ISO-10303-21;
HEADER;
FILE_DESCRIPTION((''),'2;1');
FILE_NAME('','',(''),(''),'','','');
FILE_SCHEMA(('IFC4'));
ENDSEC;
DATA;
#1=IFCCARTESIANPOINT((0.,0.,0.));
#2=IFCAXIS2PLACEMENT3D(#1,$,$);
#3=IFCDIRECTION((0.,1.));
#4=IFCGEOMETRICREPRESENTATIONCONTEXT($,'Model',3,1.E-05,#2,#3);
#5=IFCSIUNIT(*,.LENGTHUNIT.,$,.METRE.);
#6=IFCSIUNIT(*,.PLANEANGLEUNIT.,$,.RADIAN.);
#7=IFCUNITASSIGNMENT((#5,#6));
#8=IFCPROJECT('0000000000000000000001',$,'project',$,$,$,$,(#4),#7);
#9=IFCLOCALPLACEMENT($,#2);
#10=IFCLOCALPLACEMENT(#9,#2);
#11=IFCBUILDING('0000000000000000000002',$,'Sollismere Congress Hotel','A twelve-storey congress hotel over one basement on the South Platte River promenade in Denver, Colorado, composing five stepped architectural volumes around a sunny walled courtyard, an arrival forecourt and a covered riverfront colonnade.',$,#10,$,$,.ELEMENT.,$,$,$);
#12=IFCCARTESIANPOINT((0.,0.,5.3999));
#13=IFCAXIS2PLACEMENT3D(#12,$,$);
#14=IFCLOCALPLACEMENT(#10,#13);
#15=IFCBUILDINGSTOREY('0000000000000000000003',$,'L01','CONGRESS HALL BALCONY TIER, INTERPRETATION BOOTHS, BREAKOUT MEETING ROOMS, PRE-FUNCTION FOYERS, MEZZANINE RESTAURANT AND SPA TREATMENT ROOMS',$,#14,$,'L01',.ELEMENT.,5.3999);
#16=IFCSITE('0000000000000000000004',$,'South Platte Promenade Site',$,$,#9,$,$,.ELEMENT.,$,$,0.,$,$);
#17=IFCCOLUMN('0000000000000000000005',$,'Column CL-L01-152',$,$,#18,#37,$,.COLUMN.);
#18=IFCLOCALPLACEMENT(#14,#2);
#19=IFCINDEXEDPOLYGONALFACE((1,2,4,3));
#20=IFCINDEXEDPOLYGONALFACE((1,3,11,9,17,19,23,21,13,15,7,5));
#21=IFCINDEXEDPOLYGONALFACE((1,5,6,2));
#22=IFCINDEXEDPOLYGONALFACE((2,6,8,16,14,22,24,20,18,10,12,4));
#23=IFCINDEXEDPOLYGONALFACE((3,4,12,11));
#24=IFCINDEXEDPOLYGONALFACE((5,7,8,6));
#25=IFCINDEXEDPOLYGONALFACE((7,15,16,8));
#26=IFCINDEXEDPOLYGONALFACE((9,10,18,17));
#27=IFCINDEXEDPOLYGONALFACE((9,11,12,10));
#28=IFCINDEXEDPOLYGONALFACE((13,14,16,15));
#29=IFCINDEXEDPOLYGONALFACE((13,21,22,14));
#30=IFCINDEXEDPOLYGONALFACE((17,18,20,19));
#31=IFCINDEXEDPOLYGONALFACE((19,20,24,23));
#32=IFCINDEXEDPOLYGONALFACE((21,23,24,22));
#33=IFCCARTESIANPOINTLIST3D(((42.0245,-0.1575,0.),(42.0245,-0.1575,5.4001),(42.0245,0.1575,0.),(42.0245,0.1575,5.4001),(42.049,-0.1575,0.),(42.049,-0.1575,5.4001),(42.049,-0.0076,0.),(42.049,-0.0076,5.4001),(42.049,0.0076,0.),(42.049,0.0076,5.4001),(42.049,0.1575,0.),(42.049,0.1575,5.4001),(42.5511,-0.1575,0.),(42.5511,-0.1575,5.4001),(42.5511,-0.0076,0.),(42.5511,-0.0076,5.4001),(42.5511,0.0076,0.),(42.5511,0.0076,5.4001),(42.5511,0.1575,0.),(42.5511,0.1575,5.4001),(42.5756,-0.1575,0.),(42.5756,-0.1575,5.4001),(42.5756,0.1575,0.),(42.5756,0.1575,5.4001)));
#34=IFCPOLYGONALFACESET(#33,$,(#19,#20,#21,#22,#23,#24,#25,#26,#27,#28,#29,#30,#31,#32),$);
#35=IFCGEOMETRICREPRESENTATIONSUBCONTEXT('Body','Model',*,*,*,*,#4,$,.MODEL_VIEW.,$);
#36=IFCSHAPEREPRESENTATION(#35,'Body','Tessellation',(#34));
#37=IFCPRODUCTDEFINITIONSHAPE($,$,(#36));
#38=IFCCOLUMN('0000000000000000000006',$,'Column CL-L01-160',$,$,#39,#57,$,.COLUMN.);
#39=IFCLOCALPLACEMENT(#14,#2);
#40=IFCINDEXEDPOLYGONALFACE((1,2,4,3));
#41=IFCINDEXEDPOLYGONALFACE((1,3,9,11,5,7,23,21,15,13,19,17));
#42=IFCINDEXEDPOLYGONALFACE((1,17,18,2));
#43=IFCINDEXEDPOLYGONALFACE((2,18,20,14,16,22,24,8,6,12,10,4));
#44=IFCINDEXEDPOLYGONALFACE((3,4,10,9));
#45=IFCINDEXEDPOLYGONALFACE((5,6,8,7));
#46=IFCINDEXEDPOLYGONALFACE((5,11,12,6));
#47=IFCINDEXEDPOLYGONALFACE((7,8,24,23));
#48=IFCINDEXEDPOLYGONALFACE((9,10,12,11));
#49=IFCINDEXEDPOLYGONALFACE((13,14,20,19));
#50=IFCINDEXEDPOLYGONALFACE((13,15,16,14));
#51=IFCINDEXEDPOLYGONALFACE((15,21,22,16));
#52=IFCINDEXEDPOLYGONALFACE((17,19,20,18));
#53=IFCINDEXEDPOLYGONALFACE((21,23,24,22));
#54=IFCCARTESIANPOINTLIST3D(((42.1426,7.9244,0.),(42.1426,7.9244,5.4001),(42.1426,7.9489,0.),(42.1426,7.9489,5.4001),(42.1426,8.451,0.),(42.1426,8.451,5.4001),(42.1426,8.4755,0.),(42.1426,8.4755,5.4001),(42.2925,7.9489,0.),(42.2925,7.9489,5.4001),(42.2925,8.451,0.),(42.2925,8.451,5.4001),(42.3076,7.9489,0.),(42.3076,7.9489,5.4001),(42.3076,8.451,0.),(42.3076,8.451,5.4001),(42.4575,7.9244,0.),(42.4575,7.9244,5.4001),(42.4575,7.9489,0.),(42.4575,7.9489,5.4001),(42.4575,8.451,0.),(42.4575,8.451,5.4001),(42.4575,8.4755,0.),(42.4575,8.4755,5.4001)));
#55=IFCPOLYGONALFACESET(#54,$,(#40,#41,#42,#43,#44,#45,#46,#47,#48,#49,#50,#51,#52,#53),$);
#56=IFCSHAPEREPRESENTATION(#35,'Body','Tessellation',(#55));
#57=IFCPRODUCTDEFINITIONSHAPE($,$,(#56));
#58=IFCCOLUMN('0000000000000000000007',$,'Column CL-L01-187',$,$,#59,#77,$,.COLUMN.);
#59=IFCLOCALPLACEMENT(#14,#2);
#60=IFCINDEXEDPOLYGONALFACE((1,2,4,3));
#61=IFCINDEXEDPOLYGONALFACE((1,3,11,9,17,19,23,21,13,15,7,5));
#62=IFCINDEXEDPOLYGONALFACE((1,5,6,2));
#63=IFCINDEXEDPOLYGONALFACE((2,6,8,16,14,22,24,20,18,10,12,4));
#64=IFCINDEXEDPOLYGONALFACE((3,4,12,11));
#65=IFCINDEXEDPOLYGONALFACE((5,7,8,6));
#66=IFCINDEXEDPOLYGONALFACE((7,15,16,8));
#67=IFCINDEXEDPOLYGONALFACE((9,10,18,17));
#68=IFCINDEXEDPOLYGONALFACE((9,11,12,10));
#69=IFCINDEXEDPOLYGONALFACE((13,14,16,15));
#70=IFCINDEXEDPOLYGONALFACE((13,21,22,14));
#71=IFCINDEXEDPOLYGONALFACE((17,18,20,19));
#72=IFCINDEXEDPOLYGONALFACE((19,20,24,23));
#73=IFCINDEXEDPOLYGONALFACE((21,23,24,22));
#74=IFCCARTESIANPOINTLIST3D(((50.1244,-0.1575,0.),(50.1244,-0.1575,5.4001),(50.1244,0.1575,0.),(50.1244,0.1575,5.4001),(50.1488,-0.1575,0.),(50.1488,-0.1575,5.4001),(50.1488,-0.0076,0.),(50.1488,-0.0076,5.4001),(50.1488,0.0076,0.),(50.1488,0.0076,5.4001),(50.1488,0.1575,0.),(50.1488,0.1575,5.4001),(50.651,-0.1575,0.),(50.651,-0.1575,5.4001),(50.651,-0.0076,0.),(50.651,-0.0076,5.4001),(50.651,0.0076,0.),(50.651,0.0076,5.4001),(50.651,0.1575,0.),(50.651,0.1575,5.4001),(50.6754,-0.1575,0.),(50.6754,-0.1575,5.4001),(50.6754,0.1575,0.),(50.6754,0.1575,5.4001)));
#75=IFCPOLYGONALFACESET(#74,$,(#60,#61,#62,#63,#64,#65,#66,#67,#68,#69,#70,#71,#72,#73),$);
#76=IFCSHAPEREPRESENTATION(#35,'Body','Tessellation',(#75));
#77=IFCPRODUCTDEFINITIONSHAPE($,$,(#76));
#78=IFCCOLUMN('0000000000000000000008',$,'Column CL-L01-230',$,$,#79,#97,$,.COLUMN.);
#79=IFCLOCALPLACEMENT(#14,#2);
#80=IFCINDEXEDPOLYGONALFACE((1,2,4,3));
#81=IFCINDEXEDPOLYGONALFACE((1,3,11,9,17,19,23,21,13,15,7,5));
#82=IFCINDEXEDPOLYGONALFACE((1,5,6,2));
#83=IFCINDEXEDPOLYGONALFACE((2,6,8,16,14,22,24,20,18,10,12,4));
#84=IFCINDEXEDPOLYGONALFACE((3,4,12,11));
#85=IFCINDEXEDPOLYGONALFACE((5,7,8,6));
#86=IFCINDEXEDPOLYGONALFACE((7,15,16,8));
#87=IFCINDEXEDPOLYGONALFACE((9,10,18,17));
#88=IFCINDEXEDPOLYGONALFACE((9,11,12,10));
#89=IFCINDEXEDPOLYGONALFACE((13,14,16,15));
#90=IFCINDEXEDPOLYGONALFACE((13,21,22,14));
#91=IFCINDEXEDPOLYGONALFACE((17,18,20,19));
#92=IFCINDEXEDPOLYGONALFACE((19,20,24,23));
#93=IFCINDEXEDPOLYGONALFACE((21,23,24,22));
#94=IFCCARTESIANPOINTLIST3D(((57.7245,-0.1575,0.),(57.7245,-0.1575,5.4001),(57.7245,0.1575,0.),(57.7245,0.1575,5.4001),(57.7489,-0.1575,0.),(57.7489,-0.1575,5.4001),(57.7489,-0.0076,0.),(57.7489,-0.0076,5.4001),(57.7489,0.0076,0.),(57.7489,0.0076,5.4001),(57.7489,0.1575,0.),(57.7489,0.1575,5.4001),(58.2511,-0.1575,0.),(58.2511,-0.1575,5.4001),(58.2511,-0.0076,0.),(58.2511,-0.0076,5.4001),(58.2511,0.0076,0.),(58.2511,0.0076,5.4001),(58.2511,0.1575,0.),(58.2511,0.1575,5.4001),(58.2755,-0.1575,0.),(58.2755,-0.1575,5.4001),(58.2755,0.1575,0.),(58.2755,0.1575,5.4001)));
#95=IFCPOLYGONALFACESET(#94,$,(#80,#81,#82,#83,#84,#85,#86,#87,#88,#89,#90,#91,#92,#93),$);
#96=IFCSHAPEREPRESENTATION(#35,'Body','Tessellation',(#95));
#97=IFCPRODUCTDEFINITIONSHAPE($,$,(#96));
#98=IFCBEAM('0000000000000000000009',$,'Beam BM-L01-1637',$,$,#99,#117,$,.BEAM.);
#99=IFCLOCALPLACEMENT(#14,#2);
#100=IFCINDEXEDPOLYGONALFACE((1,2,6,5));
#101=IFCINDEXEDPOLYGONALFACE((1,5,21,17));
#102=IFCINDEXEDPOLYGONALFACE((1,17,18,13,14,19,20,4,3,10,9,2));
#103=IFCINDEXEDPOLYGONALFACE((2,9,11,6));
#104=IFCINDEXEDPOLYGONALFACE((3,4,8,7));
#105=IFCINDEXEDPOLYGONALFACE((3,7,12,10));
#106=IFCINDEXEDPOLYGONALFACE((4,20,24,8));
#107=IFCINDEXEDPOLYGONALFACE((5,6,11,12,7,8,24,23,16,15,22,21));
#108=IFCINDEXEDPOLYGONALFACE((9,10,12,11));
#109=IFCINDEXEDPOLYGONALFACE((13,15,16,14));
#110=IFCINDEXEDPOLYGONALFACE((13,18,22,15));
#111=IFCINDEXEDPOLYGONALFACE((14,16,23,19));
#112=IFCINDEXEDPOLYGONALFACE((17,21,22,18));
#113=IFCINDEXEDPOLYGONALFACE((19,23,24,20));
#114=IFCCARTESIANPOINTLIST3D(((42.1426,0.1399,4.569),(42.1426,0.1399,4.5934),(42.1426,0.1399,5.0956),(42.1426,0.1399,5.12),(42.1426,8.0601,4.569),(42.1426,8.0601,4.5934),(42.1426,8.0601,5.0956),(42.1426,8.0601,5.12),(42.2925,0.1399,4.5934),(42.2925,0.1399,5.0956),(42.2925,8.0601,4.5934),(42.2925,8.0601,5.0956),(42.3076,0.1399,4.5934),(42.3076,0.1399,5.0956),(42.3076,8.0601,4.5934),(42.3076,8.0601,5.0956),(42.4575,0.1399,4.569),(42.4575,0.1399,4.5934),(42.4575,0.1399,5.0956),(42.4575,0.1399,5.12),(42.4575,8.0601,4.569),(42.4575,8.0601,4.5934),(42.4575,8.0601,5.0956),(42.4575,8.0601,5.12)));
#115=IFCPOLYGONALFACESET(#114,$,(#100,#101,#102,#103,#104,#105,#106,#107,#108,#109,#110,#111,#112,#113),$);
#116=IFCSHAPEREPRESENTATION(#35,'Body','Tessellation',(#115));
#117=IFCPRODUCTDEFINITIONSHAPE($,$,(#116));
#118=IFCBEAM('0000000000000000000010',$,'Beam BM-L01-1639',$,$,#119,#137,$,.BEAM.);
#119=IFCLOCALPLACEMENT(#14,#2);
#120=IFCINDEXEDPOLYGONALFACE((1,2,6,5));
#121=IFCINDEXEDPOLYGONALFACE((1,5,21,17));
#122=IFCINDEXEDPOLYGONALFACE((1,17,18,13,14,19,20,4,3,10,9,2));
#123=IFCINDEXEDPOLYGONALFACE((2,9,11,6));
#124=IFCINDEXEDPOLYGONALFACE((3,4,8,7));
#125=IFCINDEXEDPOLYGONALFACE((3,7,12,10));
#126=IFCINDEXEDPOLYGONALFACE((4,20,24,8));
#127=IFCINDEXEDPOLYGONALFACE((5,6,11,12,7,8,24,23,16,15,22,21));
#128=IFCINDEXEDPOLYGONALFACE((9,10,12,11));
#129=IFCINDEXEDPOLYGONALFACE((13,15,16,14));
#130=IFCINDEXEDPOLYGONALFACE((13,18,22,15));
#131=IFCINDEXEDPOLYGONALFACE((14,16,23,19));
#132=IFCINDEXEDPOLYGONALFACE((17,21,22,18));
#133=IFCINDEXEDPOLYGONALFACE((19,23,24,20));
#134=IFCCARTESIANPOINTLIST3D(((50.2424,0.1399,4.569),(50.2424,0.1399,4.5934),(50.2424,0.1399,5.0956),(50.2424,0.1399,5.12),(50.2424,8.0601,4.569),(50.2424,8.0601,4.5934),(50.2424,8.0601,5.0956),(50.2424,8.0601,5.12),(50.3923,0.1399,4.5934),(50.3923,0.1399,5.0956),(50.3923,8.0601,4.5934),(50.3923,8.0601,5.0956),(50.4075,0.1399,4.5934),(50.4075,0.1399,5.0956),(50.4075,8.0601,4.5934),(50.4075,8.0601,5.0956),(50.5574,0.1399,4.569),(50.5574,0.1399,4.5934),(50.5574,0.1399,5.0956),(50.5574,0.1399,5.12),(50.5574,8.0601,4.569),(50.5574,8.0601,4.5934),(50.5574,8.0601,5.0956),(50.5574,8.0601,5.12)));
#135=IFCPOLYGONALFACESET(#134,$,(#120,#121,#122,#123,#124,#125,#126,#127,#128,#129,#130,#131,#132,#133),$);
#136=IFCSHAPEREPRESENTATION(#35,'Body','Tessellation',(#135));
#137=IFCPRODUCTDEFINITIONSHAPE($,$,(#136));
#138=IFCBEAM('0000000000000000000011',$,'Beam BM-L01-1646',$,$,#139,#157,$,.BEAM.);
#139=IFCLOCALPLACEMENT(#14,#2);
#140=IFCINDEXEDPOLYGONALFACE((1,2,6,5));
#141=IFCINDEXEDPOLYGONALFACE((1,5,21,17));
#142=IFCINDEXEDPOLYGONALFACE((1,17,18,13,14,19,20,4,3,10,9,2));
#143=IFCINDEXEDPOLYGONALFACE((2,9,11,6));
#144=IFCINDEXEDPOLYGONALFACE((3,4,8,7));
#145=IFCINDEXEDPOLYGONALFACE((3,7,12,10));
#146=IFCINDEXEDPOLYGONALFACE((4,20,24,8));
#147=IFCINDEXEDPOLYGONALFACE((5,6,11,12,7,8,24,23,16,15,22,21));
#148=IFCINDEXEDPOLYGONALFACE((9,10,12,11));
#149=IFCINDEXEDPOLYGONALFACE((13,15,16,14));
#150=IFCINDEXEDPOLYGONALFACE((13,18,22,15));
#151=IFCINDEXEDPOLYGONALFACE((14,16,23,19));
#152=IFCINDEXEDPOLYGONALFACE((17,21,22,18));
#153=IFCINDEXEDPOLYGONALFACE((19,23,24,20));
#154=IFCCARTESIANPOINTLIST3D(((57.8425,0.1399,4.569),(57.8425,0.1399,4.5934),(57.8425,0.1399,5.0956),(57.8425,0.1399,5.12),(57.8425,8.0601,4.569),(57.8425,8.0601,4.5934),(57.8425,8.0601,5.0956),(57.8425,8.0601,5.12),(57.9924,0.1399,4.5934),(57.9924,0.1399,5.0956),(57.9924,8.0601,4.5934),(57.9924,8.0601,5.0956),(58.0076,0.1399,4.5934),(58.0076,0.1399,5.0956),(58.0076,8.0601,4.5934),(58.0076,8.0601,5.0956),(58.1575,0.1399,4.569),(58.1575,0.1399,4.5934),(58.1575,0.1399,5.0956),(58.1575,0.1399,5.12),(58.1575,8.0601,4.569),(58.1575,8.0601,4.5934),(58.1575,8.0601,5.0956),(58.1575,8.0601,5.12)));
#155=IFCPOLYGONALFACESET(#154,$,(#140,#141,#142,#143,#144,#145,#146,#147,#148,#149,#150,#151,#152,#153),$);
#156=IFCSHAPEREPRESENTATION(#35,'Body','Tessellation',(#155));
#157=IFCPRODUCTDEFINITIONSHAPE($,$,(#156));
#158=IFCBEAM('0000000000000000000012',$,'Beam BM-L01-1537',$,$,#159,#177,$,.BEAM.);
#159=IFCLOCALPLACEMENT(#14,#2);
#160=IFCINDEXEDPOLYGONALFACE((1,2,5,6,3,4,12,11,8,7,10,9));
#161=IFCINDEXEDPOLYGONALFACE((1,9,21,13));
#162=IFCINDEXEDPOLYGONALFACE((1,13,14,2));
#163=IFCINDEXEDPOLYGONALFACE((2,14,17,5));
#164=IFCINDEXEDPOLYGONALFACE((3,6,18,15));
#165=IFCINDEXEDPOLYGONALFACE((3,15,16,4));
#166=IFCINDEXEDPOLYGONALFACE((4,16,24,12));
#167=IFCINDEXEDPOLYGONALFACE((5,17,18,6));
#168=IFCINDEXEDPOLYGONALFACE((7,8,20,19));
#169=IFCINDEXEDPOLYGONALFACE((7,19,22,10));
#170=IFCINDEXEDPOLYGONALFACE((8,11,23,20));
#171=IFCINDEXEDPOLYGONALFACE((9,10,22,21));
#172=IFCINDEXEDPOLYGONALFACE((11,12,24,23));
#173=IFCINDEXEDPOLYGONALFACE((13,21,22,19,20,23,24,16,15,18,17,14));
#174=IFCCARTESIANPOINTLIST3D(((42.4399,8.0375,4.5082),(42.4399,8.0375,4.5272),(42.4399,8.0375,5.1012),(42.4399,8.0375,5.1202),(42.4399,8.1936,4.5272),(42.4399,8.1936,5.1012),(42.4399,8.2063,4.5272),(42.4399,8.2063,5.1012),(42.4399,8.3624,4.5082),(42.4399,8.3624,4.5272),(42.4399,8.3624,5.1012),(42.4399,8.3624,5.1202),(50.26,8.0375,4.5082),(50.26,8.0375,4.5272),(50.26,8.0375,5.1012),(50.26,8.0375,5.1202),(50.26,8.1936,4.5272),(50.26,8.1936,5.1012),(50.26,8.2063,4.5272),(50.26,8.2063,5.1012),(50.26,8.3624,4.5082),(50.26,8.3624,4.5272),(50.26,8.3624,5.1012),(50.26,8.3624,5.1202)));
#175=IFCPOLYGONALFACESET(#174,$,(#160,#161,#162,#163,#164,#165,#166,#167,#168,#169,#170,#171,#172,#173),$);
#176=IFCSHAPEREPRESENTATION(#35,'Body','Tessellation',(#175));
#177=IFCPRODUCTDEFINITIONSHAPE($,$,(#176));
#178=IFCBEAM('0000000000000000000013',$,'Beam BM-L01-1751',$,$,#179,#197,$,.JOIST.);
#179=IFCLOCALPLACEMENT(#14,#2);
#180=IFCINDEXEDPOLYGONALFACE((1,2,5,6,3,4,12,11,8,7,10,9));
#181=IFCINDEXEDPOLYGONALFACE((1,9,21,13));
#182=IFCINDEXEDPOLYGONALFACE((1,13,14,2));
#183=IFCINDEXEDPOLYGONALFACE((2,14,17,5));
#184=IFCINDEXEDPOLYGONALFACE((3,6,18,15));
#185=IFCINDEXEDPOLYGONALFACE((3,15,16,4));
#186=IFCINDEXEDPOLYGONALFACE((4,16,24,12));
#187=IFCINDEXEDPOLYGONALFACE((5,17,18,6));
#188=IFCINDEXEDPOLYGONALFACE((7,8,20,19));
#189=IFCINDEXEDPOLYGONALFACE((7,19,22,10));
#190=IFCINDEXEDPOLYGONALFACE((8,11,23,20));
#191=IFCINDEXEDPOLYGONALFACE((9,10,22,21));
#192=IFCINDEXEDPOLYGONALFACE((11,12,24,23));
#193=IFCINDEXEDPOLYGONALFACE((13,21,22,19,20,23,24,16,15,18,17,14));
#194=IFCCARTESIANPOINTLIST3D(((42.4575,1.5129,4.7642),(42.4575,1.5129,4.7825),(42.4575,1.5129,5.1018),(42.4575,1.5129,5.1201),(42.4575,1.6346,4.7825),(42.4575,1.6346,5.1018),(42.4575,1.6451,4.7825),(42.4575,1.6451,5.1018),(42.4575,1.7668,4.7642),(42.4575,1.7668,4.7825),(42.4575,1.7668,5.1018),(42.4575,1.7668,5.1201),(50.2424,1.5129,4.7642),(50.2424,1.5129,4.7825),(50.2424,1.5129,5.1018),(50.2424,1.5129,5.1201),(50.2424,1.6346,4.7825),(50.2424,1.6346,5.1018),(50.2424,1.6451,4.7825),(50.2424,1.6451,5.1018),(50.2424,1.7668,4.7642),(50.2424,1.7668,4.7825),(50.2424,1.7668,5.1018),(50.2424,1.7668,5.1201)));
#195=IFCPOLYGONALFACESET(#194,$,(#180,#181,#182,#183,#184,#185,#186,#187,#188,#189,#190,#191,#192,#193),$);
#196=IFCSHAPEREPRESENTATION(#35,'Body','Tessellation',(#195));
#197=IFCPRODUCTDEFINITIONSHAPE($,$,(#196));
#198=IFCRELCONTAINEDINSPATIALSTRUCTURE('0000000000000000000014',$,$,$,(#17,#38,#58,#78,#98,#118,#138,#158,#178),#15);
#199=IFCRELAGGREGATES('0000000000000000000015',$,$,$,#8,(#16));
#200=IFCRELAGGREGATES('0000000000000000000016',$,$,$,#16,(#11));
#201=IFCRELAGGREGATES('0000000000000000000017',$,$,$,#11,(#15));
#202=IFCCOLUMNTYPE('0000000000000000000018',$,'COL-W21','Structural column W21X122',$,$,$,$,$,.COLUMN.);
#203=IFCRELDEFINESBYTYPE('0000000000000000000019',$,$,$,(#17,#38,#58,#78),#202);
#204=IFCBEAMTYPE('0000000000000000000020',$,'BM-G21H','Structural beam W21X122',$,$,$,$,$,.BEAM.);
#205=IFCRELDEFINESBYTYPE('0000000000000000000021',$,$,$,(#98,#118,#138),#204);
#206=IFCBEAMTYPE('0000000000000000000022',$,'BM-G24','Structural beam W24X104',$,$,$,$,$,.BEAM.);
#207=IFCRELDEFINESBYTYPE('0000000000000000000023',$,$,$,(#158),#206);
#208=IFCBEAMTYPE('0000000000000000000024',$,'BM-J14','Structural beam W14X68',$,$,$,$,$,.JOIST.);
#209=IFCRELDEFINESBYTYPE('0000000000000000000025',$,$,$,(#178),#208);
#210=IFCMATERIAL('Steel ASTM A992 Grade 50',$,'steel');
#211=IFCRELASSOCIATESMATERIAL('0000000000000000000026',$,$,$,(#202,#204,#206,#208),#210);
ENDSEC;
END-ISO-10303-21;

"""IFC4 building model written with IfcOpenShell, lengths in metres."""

from ifc_helpers import new_model, si_unit, direction, frame, origin, origin_2d, place, context, subcontext, project, spatial, i_section, extrude, material, material_profile, profile_set, type_object, element, save


model = new_model("IFC4")

# Units and contexts
model_context = context("Model", 3, precision=1e-05, world=origin(), true_north=direction((0.0, 1.0)))
body_context = subcontext(model_context, "Body", "Model", "MODEL_VIEW")
ifc_project = project(units=[si_unit("LENGTHUNIT", "METRE"), si_unit("PLANEANGLEUNIT", "RADIAN")], contexts=[model_context])

# Site, building, storey
site_placement = place(None, origin())
site = spatial("IfcSite", under=ifc_project, at=site_placement, Name="South Platte Promenade Site", CompositionType="ELEMENT", RefElevation=0.0)
building_placement = place(site_placement, origin())
building = spatial("IfcBuilding", under=site, at=building_placement, Name="Sollismere Congress Hotel", Description="A twelve-storey congress hotel over one basement on the South Platte River promenade in Denver, Colorado, composing five stepped architectural volumes around a sunny walled courtyard, an arrival forecourt and a covered riverfront colonnade.", CompositionType="ELEMENT")
storey_placement = place(building_placement, frame((0.0, 0.0, 5.3999)))
storey = spatial("IfcBuildingStorey", under=building, at=storey_placement, Name="L01", Description="CONGRESS HALL BALCONY TIER, INTERPRETATION BOOTHS, BREAKOUT MEETING ROOMS, PRE-FUNCTION FOYERS, MEZZANINE RESTAURANT AND SPA TREATMENT ROOMS", LongName="L01", CompositionType="ELEMENT", Elevation=5.3999)

# Columns
ifc_material_1 = material(Name="Steel ASTM A992 Grade 50", Category="steel")
ifc_material_profile_1 = material_profile(ifc_material_1, i_section(OverallWidth=0.3149, OverallDepth=0.551, WebThickness=0.0151, FlangeThickness=0.0244, at=origin_2d()), Name="W21X122")
ifc_profile_set_1 = profile_set([ifc_material_profile_1], Name="Steel ASTM A992 Grade 50")
column_type = type_object("IfcColumnType", Name="COL-W21", Description="Structural column W21X122", PredefinedType="COLUMN", material=ifc_profile_set_1)
for number, where, z_axis, x_axis, name in (
    (1, (42.3, 0.0, 0.0), (0.0, 0.0, 1.0), (0.0, 1.0, 0.0), "Column CL-L01-152"),
    (2, (42.3, 8.2, 0.0), (0.0, 0.0, 1.0), (1.0, 0.0, 0.0), "Column CL-L01-160"),
    (3, (50.3999, 0.0, 0.0), (0.0, 0.0, 1.0), (0.0, 1.0, 0.0), "Column CL-L01-187"),
    (4, (58.0, 0.0, 0.0), (0.0, 0.0, 1.0), (0.0, 1.0, 0.0), "Column CL-L01-230"),
):
    element("IfcColumn", number, at=place(storey_placement, frame(where, z_axis=z_axis, x_axis=x_axis)), inside=storey, type_object=column_type, Name=name, PredefinedType="COLUMN", context=body_context, shape_type="SweptSolid", body=[
        extrude(i_section(OverallWidth=0.3149, OverallDepth=0.551, WebThickness=0.0151, FlangeThickness=0.0244, at=origin_2d()), origin(), (0.0, 0.0, 1.0), 5.4001),
    ])

# Beams
ifc_material_profile_2 = material_profile(ifc_material_1, i_section(OverallWidth=0.3149, OverallDepth=0.551, WebThickness=0.0151, FlangeThickness=0.0244, at=origin_2d()), Name="W21X122")
ifc_profile_set_2 = profile_set([ifc_material_profile_2], Name="Steel ASTM A992 Grade 50")
beam_type_1 = type_object("IfcBeamType", Name="BM-G21H", Description="Structural beam W21X122", PredefinedType="BEAM", material=ifc_profile_set_2)
for number, where, z_axis, x_axis, name in (
    (5, (42.3, 0.1399, 4.8445), (0.0, 1.0, 0.0), (-1.0, 0.0, 0.0), "Beam BM-L01-1637"),
    (6, (50.3999, 0.1399, 4.8445), (0.0, 1.0, 0.0), (-1.0, 0.0, 0.0), "Beam BM-L01-1639"),
    (7, (58.0, 0.1399, 4.8445), (0.0, 1.0, 0.0), (-1.0, 0.0, 0.0), "Beam BM-L01-1646"),
):
    element("IfcBeam", number, at=place(storey_placement, frame(where, z_axis=z_axis, x_axis=x_axis)), inside=storey, type_object=beam_type_1, Name=name, PredefinedType="BEAM", context=body_context, shape_type="SweptSolid", body=[
        extrude(i_section(OverallWidth=0.3149, OverallDepth=0.551, WebThickness=0.0151, FlangeThickness=0.0244, at=origin_2d()), origin(), (0.0, 0.0, 1.0), 7.9202),
    ])
ifc_material_profile_3 = material_profile(ifc_material_1, i_section(OverallWidth=0.325, OverallDepth=0.6121, WebThickness=0.0127, FlangeThickness=0.019, at=origin_2d()), Name="W24X104")
ifc_profile_set_3 = profile_set([ifc_material_profile_3], Name="Steel ASTM A992 Grade 50")
beam_type_2 = type_object("IfcBeamType", Name="BM-G24", Description="Structural beam W24X104", PredefinedType="BEAM", material=ifc_profile_set_3)
beam_1_placement = place(storey_placement, frame((42.4399, 8.2, 4.8142), z_axis=(1.0, 0.0, 0.0), x_axis=(0.0, 1.0, 0.0)))
element("IfcBeam", 8, at=beam_1_placement, inside=storey, type_object=beam_type_2, Name="Beam BM-L01-1537", PredefinedType="BEAM", context=body_context, shape_type="SweptSolid", body=[
    extrude(i_section(OverallWidth=0.325, OverallDepth=0.6121, WebThickness=0.0127, FlangeThickness=0.019, at=origin_2d()), origin(), (0.0, 0.0, 1.0), 7.8201),
])
ifc_material_profile_4 = material_profile(ifc_material_1, i_section(OverallWidth=0.2539, OverallDepth=0.356, WebThickness=0.0105, FlangeThickness=0.0183, at=origin_2d()), Name="W14X68")
ifc_profile_set_4 = profile_set([ifc_material_profile_4], Name="Steel ASTM A992 Grade 50")
beam_type_3 = type_object("IfcBeamType", Name="BM-J14", Description="Structural beam W14X68", PredefinedType="JOIST", material=ifc_profile_set_4)
for number, where, z_axis, x_axis, name in (
    (9, (42.4575, 1.6399, 4.9421), (1.0, 0.0, 0.0), (0.0, 1.0, 0.0), "Beam BM-L01-1751"),
):
    element("IfcBeam", number, at=place(storey_placement, frame(where, z_axis=z_axis, x_axis=x_axis)), inside=storey, type_object=beam_type_3, Name=name, PredefinedType="JOIST", context=body_context, shape_type="SweptSolid", body=[
        extrude(i_section(OverallWidth=0.2539, OverallDepth=0.356, WebThickness=0.0105, FlangeThickness=0.0183, at=origin_2d()), origin(), (0.0, 0.0, 1.0), 7.7849),
    ])

save(model, "model.ifc")
